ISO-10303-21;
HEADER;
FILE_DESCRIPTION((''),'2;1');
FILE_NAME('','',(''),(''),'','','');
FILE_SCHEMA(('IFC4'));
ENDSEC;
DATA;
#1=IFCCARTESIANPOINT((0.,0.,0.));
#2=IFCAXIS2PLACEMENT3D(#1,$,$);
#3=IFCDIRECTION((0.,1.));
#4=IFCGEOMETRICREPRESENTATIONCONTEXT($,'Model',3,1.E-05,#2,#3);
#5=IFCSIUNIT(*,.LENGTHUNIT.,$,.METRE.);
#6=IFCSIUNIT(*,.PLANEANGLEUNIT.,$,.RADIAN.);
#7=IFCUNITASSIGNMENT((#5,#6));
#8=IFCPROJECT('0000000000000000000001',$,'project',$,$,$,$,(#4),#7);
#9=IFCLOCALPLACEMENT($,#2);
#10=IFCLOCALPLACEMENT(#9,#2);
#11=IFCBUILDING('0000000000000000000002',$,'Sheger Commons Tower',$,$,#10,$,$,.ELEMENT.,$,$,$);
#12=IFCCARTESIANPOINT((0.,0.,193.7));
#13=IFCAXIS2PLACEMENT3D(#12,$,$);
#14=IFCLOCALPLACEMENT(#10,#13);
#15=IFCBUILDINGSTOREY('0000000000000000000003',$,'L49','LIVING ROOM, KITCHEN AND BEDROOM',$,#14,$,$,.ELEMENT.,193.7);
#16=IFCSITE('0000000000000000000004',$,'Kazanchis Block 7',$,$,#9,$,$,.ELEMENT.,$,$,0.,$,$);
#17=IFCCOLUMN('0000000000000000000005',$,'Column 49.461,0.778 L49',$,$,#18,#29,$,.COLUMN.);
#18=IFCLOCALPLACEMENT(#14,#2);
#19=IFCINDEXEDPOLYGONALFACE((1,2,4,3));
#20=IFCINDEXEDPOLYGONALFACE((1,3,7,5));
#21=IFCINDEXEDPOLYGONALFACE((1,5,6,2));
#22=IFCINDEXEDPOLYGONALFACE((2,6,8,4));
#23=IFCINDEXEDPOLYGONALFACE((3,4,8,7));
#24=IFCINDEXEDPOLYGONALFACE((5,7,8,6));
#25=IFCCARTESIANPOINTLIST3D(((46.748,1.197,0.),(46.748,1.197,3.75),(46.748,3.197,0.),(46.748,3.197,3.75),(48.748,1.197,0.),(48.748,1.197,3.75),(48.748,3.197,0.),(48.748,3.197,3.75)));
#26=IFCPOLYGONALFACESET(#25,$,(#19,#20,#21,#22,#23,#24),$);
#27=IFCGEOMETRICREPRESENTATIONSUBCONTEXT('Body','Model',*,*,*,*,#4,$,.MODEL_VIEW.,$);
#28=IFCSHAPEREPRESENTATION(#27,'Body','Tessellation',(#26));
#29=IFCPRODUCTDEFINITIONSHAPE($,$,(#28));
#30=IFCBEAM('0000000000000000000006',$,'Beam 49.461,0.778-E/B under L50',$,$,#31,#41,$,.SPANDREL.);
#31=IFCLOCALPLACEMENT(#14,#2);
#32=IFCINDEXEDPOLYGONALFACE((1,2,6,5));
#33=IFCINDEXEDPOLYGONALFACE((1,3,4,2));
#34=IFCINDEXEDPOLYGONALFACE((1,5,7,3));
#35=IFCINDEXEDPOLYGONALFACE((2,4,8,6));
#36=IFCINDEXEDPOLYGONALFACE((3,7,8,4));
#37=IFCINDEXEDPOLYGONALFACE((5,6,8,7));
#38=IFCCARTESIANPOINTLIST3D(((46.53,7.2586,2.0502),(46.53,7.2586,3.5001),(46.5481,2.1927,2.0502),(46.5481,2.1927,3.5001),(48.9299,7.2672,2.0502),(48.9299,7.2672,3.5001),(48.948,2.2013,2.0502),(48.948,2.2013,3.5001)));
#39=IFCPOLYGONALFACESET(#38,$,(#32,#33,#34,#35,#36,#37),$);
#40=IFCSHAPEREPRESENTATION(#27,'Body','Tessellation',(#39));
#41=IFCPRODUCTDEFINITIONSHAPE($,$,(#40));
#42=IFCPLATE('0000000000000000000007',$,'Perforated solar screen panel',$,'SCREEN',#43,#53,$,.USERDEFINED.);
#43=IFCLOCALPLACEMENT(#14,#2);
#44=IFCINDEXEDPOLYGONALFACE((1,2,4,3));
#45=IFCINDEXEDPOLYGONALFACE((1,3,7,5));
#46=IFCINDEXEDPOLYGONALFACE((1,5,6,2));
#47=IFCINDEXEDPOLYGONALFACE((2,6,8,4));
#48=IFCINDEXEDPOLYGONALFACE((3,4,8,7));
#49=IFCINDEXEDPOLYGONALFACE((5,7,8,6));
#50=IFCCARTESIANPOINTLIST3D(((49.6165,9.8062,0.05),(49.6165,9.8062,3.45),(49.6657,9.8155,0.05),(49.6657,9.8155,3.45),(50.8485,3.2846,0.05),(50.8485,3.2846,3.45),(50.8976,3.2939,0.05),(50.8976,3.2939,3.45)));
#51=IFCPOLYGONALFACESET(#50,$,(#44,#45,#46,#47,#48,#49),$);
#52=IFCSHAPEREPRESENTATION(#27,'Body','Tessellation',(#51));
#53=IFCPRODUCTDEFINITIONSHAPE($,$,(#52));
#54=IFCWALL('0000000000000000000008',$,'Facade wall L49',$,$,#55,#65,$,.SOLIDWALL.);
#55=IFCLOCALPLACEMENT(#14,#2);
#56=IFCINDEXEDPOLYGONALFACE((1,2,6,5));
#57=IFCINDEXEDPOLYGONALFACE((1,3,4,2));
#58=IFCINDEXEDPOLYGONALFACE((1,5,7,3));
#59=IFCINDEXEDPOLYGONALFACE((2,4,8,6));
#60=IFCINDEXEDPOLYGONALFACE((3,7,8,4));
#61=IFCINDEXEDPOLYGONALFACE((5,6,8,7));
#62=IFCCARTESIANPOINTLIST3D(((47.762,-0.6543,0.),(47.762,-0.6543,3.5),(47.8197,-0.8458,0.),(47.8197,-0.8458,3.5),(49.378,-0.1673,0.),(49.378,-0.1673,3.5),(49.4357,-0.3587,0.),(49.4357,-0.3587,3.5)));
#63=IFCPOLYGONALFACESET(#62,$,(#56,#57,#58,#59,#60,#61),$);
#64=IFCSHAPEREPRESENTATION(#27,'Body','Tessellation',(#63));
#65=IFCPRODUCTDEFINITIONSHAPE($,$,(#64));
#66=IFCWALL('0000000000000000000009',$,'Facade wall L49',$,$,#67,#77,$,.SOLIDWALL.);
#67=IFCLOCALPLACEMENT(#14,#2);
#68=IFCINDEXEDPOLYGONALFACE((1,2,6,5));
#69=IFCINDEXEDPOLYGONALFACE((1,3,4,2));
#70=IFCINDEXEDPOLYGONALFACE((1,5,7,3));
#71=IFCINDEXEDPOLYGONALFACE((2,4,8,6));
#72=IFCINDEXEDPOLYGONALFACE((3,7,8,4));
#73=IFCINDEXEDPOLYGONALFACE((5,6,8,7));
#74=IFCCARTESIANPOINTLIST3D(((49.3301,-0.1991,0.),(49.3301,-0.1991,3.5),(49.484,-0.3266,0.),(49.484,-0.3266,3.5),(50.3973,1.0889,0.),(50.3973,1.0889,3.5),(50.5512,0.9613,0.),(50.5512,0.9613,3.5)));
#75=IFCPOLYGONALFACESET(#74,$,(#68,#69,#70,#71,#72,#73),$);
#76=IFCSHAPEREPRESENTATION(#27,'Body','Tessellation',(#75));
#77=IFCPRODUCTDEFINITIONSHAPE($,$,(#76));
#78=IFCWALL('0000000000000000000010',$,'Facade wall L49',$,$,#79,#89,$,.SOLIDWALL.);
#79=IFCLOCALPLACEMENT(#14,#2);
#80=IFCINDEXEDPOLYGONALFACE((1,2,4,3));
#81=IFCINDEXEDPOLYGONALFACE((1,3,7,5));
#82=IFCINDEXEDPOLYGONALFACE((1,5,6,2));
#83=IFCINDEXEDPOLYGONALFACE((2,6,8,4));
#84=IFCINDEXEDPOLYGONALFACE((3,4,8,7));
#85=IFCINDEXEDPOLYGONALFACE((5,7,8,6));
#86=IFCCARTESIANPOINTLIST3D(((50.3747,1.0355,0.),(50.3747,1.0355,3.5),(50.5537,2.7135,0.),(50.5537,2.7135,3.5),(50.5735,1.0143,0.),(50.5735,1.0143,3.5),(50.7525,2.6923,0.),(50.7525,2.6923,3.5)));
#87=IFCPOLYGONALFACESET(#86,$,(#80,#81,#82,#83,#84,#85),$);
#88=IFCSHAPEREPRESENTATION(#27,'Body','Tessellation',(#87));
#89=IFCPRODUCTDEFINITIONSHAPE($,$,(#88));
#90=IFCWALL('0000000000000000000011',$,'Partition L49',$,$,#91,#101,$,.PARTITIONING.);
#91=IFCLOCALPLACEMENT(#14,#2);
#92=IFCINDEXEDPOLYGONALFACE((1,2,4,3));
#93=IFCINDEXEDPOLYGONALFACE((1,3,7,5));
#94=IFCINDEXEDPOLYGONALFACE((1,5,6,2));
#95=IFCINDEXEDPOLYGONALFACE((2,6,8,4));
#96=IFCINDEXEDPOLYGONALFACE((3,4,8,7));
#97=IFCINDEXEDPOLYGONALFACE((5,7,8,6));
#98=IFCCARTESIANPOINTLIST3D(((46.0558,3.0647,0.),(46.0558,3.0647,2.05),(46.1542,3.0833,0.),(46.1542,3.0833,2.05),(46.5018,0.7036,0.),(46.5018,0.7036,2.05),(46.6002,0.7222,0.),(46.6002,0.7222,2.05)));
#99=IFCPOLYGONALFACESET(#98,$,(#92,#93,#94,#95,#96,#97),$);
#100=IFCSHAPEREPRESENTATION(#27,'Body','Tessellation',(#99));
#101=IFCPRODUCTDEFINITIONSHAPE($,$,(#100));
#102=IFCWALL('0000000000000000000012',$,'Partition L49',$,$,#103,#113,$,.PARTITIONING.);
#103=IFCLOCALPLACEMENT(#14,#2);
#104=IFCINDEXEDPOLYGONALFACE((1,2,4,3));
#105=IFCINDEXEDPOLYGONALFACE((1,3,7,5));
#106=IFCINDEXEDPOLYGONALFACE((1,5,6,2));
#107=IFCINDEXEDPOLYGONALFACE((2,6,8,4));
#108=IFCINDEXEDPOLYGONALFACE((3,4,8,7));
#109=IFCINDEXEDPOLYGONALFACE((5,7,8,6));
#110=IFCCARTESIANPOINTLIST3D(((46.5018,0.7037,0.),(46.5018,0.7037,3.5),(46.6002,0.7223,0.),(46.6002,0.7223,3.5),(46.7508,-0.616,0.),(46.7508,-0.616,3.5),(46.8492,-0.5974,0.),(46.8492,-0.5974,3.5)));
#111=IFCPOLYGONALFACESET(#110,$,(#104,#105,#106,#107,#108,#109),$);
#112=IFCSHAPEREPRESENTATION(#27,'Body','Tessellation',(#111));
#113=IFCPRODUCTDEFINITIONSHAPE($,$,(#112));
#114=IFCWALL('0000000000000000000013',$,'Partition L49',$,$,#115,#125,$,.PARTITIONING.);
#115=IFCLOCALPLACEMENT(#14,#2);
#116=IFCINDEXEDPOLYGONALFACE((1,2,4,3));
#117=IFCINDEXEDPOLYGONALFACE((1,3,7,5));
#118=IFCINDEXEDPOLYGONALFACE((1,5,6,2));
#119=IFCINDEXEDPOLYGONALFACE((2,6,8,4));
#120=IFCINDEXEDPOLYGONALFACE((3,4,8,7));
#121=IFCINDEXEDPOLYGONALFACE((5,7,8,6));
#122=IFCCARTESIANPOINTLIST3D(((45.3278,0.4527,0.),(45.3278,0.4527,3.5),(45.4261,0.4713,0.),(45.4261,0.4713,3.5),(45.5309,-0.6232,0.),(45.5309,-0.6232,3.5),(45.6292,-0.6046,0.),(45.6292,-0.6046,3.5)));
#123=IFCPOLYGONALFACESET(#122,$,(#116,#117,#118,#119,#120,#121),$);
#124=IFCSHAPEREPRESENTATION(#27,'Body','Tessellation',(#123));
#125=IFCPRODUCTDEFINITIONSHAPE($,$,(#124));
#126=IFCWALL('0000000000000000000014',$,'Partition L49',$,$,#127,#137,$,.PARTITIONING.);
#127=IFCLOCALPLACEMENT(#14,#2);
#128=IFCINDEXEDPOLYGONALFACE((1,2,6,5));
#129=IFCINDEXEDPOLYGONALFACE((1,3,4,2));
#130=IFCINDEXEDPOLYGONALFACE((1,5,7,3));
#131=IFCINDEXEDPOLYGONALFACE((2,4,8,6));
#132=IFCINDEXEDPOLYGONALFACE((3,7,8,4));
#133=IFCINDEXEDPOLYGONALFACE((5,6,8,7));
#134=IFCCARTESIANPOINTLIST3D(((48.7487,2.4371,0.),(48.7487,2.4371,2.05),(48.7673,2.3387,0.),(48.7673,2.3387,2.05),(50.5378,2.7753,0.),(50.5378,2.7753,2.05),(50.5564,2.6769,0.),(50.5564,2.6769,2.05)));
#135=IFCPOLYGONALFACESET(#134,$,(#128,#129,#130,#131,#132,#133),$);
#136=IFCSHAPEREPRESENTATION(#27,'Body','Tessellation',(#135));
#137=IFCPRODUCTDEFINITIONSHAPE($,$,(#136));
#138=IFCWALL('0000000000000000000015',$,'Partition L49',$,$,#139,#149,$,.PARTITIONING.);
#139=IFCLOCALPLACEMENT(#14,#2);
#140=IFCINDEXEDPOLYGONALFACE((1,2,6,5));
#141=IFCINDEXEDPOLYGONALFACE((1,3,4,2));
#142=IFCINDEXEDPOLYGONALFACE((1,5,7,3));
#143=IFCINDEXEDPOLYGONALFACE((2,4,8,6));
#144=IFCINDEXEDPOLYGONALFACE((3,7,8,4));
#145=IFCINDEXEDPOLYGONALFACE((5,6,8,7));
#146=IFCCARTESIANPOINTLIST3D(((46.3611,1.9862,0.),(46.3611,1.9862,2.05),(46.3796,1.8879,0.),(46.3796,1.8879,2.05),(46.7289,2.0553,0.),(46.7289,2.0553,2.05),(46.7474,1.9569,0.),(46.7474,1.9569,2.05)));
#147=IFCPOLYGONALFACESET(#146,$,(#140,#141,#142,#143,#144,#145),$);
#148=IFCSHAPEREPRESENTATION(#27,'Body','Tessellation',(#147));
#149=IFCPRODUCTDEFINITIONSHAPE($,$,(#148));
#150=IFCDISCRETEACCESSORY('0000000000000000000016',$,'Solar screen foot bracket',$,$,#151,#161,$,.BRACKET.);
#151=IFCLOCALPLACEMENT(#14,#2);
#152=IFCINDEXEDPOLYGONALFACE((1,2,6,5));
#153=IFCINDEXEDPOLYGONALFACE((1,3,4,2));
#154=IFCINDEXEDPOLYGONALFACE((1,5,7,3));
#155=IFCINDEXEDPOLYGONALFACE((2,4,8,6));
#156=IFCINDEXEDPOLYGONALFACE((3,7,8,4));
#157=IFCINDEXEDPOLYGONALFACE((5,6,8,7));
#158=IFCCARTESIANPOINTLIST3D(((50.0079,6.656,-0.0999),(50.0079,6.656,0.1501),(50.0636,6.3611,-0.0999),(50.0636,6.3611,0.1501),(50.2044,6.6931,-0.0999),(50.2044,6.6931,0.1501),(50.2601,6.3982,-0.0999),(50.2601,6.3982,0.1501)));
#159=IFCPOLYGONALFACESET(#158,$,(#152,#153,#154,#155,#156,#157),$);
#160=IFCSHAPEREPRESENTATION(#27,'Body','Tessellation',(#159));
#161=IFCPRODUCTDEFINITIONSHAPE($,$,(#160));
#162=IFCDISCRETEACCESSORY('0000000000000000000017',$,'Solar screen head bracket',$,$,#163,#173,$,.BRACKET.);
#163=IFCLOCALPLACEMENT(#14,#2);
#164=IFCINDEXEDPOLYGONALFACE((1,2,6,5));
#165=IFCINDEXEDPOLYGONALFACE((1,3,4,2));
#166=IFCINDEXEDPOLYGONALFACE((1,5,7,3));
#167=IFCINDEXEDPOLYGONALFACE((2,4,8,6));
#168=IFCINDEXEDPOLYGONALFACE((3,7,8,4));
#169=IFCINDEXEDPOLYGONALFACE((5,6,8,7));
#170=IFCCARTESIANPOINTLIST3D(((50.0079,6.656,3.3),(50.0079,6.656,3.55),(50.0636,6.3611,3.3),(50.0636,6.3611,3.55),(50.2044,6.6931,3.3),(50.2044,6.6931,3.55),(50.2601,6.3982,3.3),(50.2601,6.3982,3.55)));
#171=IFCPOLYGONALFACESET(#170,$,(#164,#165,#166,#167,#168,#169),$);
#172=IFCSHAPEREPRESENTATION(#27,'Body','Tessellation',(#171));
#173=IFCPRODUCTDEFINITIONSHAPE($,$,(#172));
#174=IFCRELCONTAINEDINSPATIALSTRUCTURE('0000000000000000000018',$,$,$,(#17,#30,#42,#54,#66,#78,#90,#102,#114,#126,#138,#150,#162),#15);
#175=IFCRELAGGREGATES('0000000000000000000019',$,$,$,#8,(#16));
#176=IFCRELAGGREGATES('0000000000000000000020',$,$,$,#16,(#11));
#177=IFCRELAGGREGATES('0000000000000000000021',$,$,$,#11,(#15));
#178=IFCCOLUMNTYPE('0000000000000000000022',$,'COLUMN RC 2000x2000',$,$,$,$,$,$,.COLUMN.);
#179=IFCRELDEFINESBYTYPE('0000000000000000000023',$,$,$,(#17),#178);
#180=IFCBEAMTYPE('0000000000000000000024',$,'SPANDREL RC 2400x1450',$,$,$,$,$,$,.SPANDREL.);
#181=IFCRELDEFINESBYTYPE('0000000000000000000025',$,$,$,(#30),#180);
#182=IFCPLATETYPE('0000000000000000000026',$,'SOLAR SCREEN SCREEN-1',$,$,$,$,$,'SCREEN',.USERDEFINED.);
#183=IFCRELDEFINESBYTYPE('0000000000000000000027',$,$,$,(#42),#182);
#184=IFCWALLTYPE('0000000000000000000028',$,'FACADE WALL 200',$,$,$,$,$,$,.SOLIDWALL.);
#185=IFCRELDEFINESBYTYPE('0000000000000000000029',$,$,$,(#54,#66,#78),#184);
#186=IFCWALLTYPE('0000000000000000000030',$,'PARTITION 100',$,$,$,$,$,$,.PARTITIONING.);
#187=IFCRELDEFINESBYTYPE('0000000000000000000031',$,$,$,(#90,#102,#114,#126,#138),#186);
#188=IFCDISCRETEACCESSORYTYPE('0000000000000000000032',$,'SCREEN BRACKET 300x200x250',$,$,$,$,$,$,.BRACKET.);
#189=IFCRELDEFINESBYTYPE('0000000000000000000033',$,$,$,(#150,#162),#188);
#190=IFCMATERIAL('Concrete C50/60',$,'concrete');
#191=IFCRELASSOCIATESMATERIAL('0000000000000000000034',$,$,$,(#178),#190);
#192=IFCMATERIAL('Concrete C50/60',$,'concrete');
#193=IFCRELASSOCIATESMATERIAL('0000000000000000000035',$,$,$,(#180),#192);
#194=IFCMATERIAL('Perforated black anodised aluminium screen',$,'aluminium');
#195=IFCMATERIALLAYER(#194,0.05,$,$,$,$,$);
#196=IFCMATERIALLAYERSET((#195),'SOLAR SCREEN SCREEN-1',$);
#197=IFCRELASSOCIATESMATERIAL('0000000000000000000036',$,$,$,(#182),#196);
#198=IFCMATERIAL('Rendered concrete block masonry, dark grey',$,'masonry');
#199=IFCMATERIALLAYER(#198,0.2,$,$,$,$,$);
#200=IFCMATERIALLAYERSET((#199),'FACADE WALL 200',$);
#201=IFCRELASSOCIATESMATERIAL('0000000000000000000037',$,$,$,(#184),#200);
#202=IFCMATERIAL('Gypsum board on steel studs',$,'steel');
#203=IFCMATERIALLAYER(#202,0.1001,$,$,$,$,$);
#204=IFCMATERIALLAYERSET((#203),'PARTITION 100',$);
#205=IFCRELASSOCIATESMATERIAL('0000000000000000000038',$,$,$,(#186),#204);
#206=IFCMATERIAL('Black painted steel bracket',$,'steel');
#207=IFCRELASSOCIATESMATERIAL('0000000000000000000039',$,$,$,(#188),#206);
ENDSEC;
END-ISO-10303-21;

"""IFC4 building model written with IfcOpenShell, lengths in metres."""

from ifc_helpers import new_model, si_unit, direction, frame, frame_2d, origin, origin_2d, place, context, subcontext, project, spatial, rectangle, extrude, material, layer, layer_set, material_profile, profile_set, type_object, element, save


model = new_model("IFC4")

# Units and contexts
model_context = context("Model", 3, precision=1e-05, world=origin(), true_north=direction((0.0, 1.0)))
body_context = subcontext(model_context, "Body", "Model", "MODEL_VIEW")
ifc_project = project(units=[si_unit("LENGTHUNIT", "METRE"), si_unit("PLANEANGLEUNIT", "RADIAN")], contexts=[model_context])

# Site, building, storey
site_placement = place(None, origin())
site = spatial("IfcSite", under=ifc_project, at=site_placement, Name="Kazanchis Block 7", CompositionType="ELEMENT", RefElevation=0.0)
building_placement = place(site_placement, origin())
building = spatial("IfcBuilding", under=site, at=building_placement, Name="Sheger Commons Tower", CompositionType="ELEMENT")
storey_placement = place(building_placement, frame((0.0, 0.0, 193.7)))
storey = spatial("IfcBuildingStorey", under=building, at=storey_placement, Name="L49", Description="LIVING ROOM, KITCHEN AND BEDROOM", CompositionType="ELEMENT", Elevation=193.7)

# Column
ifc_material_1 = material(Name="Concrete C50/60", Category="concrete")
ifc_material_profile_1 = material_profile(ifc_material_1, rectangle(XDim=2.0, YDim=2.0, at=origin_2d()), Name="RC 2000x2000")
ifc_profile_set_1 = profile_set([ifc_material_profile_1], Name="Concrete C50/60")
column_type = type_object("IfcColumnType", Name="COLUMN RC 2000x2000", PredefinedType="COLUMN", material=ifc_profile_set_1)
column_placement = place(storey_placement, frame((47.748, 2.197, 0.0), z_axis=(0.0, 0.0, 1.0), x_axis=(1.0, 0.0, 0.0)))
element("IfcColumn", 1, at=column_placement, inside=storey, type_object=column_type, Name="Column 49.461,0.778 L49", PredefinedType="COLUMN", context=body_context, shape_type="SweptSolid", body=[
    extrude(rectangle(XDim=2.0, YDim=2.0, at=origin_2d()), origin(), (0.0, 0.0, 1.0), 3.75),
])

# Beam
ifc_material_2 = material(Name="Concrete C50/60", Category="concrete")
ifc_material_profile_2 = material_profile(ifc_material_2, rectangle(XDim=2.3999, YDim=1.45, at=origin_2d()), Name="RC 2400x1450")
ifc_profile_set_2 = profile_set([ifc_material_profile_2], Name="Concrete C50/60")
beam_type = type_object("IfcBeamType", Name="SPANDREL RC 2400x1450", PredefinedType="SPANDREL", material=ifc_profile_set_2)
beam_placement = place(storey_placement, frame((47.748, 2.197, 2.7751), z_axis=(-0.003566, 0.999994, 0.0), x_axis=(-0.999994, -0.003566, 0.0)))
element("IfcBeam", 2, at=beam_placement, inside=storey, type_object=beam_type, Name="Beam 49.461,0.778-E/B under L50", PredefinedType="SPANDREL", context=body_context, shape_type="SweptSolid", body=[
    extrude(rectangle(XDim=2.3999, YDim=1.45, at=origin_2d()), origin(), (0.0, 0.0, 1.0), 5.0659),
])

# Plate
ifc_material_3 = material(Name="Perforated black anodised aluminium screen", Category="aluminium")
ifc_layer_1 = layer(ifc_material_3, 0.05)
ifc_layer_set_1 = layer_set([ifc_layer_1], Name="SOLAR SCREEN SCREEN-1")
plate_type = type_object("IfcPlateType", Name="SOLAR SCREEN SCREEN-1", ElementType="SCREEN", PredefinedType="USERDEFINED", material=ifc_layer_set_1)
plate_placement = place(storey_placement, frame((50.2571, 6.55, 0.05), z_axis=(0.0, 0.0, 1.0), x_axis=(-0.185615, 0.982623, 0.0)))
element("IfcPlate", 3, at=plate_placement, inside=storey, type_object=plate_type, Name="Perforated solar screen panel", ObjectType="SCREEN", PredefinedType="USERDEFINED", context=body_context, shape_type="SweptSolid", body=[
    extrude(rectangle(XDim=6.637, YDim=0.05, at=origin_2d()), origin(), (0.0, 0.0, 1.0), 3.3999),
])

# Walls
ifc_material_4 = material(Name="Rendered concrete block masonry, dark grey", Category="masonry")
ifc_layer_2 = layer(ifc_material_4, 0.2)
ifc_layer_set_2 = layer_set([ifc_layer_2], Name="FACADE WALL 200")
wall_type_1 = type_object("IfcWallType", Name="FACADE WALL 200", PredefinedType="SOLIDWALL", material=ifc_layer_set_2)
wall_1_placement = place(storey_placement, frame((47.791, -0.75, 0.0), z_axis=(0.0, 0.0, 1.0), x_axis=(0.957455, 0.288582, 0.0)))
element("IfcWall", 4, at=wall_1_placement, inside=storey, type_object=wall_type_1, Name="Facade wall L49", PredefinedType="SOLIDWALL", context=body_context, shape_type="SweptSolid", body=[
    extrude(rectangle(XDim=1.6877, YDim=0.2, at=frame_2d((0.8438, 0.0))), origin(), (0.0, 0.0, 1.0), 3.5),
])
wall_2_placement = place(storey_placement, frame((49.407, -0.2629, 0.0), z_axis=(0.0, 0.0, 1.0), x_axis=(0.638043, 0.770001, 0.0)))
element("IfcWall", 5, at=wall_2_placement, inside=storey, type_object=wall_type_1, Name="Facade wall L49", PredefinedType="SOLIDWALL", context=body_context, shape_type="SweptSolid", body=[
    extrude(rectangle(XDim=1.6726, YDim=0.2, at=frame_2d((0.8364, 0.0))), origin(), (0.0, 0.0, 1.0), 3.5),
])
wall_3_placement = place(storey_placement, frame((50.4741, 1.0249, 0.0), z_axis=(0.0, 0.0, 1.0), x_axis=(0.106048, 0.994361, 0.0)))
element("IfcWall", 6, at=wall_3_placement, inside=storey, type_object=wall_type_1, Name="Facade wall L49", PredefinedType="SOLIDWALL", context=body_context, shape_type="SweptSolid", body=[
    extrude(rectangle(XDim=1.6875, YDim=0.2, at=frame_2d((0.8438, 0.0))), origin(), (0.0, 0.0, 1.0), 3.5),
])

# Walls
ifc_material_5 = material(Name="Gypsum board on steel studs", Category="steel")
ifc_layer_3 = layer(ifc_material_5, 0.1001)
ifc_layer_set_3 = layer_set([ifc_layer_3], Name="PARTITION 100")
wall_type_2 = type_object("IfcWallType", Name="PARTITION 100", PredefinedType="PARTITIONING", material=ifc_layer_set_3)
wall_4_placement = place(storey_placement, frame((46.105, 3.074, 0.0), z_axis=(0.0, 0.0, 1.0), x_axis=(0.185632, -0.982619, 0.0)))
element("IfcWall", 7, at=wall_4_placement, inside=storey, type_object=wall_type_2, Name="Partition L49", PredefinedType="PARTITIONING", context=body_context, shape_type="SweptSolid", body=[
    extrude(rectangle(XDim=2.4028, YDim=0.1001, at=frame_2d((1.2014, 0.0))), origin(), (0.0, 0.0, 1.0), 2.05),
])
wall_5_placement = place(storey_placement, frame((46.551, 0.7129, 0.0), z_axis=(0.0, 0.0, 1.0), x_axis=(0.185408, -0.982662, 0.0)))
element("IfcWall", 8, at=wall_5_placement, inside=storey, type_object=wall_type_2, Name="Partition L49", PredefinedType="PARTITIONING", context=body_context, shape_type="SweptSolid", body=[
    extrude(rectangle(XDim=1.343, YDim=0.1001, at=frame_2d((0.6714, 0.0))), origin(), (0.0, 0.0, 1.0), 3.5),
])
wall_6_placement = place(storey_placement, frame((45.377, 0.4619, 0.0), z_axis=(0.0, 0.0, 1.0), x_axis=(0.185513, -0.982642, 0.0)))
element("IfcWall", 9, at=wall_6_placement, inside=storey, type_object=wall_type_2, Name="Partition L49", PredefinedType="PARTITIONING", context=body_context, shape_type="SweptSolid", body=[
    extrude(rectangle(XDim=1.095, YDim=0.1001, at=frame_2d((0.5474, 0.0))), origin(), (0.0, 0.0, 1.0), 3.5),
])
wall_7_placement = place(storey_placement, frame((50.5471, 2.7261, 0.0), z_axis=(0.0, 0.0, 1.0), x_axis=(-0.982604, -0.185713, 0.0)))
element("IfcWall", 10, at=wall_7_placement, inside=storey, type_object=wall_type_2, Name="Partition L49", PredefinedType="PARTITIONING", context=body_context, shape_type="SweptSolid", body=[
    extrude(rectangle(XDim=1.8208, YDim=0.1001, at=frame_2d((0.9104, 0.0))), origin(), (0.0, 0.0, 1.0), 2.05),
])
wall_8_placement = place(storey_placement, frame((46.738, 2.0061, 0.0), z_axis=(0.0, 0.0, 1.0), x_axis=(-0.98282, -0.184564, 0.0)))
element("IfcWall", 11, at=wall_8_placement, inside=storey, type_object=wall_type_2, Name="Partition L49", PredefinedType="PARTITIONING", context=body_context, shape_type="SweptSolid", body=[
    extrude(rectangle(XDim=0.3743, YDim=0.1001, at=frame_2d((0.187, 0.0))), origin(), (0.0, 0.0, 1.0), 2.05),
])

# Discrete accessories
ifc_material_6 = material(Name="Black painted steel bracket", Category="steel")
discrete_accessory_type = type_object("IfcDiscreteAccessoryType", Name="SCREEN BRACKET 300x200x250", PredefinedType="BRACKET", material=ifc_material_6)
for number, where, z_axis, x_axis, name in (
    (12, (50.134, 6.5271, -0.0999), (0.0, 0.0, 1.0), (-0.185615, 0.982623, 0.0), "Solar screen foot bracket"),
    (13, (50.134, 6.5271, 3.3), (0.0, 0.0, 1.0), (-0.185615, 0.982623, 0.0), "Solar screen head bracket"),
):
    element("IfcDiscreteAccessory", number, at=place(storey_placement, frame(where, z_axis=z_axis, x_axis=x_axis)), inside=storey, type_object=discrete_accessory_type, Name=name, PredefinedType="BRACKET", context=body_context, shape_type="SweptSolid", body=[
        extrude(rectangle(XDim=0.3, YDim=0.2, at=origin_2d()), origin(), (0.0, 0.0, 1.0), 0.25),
    ])

save(model, "model.ifc")
